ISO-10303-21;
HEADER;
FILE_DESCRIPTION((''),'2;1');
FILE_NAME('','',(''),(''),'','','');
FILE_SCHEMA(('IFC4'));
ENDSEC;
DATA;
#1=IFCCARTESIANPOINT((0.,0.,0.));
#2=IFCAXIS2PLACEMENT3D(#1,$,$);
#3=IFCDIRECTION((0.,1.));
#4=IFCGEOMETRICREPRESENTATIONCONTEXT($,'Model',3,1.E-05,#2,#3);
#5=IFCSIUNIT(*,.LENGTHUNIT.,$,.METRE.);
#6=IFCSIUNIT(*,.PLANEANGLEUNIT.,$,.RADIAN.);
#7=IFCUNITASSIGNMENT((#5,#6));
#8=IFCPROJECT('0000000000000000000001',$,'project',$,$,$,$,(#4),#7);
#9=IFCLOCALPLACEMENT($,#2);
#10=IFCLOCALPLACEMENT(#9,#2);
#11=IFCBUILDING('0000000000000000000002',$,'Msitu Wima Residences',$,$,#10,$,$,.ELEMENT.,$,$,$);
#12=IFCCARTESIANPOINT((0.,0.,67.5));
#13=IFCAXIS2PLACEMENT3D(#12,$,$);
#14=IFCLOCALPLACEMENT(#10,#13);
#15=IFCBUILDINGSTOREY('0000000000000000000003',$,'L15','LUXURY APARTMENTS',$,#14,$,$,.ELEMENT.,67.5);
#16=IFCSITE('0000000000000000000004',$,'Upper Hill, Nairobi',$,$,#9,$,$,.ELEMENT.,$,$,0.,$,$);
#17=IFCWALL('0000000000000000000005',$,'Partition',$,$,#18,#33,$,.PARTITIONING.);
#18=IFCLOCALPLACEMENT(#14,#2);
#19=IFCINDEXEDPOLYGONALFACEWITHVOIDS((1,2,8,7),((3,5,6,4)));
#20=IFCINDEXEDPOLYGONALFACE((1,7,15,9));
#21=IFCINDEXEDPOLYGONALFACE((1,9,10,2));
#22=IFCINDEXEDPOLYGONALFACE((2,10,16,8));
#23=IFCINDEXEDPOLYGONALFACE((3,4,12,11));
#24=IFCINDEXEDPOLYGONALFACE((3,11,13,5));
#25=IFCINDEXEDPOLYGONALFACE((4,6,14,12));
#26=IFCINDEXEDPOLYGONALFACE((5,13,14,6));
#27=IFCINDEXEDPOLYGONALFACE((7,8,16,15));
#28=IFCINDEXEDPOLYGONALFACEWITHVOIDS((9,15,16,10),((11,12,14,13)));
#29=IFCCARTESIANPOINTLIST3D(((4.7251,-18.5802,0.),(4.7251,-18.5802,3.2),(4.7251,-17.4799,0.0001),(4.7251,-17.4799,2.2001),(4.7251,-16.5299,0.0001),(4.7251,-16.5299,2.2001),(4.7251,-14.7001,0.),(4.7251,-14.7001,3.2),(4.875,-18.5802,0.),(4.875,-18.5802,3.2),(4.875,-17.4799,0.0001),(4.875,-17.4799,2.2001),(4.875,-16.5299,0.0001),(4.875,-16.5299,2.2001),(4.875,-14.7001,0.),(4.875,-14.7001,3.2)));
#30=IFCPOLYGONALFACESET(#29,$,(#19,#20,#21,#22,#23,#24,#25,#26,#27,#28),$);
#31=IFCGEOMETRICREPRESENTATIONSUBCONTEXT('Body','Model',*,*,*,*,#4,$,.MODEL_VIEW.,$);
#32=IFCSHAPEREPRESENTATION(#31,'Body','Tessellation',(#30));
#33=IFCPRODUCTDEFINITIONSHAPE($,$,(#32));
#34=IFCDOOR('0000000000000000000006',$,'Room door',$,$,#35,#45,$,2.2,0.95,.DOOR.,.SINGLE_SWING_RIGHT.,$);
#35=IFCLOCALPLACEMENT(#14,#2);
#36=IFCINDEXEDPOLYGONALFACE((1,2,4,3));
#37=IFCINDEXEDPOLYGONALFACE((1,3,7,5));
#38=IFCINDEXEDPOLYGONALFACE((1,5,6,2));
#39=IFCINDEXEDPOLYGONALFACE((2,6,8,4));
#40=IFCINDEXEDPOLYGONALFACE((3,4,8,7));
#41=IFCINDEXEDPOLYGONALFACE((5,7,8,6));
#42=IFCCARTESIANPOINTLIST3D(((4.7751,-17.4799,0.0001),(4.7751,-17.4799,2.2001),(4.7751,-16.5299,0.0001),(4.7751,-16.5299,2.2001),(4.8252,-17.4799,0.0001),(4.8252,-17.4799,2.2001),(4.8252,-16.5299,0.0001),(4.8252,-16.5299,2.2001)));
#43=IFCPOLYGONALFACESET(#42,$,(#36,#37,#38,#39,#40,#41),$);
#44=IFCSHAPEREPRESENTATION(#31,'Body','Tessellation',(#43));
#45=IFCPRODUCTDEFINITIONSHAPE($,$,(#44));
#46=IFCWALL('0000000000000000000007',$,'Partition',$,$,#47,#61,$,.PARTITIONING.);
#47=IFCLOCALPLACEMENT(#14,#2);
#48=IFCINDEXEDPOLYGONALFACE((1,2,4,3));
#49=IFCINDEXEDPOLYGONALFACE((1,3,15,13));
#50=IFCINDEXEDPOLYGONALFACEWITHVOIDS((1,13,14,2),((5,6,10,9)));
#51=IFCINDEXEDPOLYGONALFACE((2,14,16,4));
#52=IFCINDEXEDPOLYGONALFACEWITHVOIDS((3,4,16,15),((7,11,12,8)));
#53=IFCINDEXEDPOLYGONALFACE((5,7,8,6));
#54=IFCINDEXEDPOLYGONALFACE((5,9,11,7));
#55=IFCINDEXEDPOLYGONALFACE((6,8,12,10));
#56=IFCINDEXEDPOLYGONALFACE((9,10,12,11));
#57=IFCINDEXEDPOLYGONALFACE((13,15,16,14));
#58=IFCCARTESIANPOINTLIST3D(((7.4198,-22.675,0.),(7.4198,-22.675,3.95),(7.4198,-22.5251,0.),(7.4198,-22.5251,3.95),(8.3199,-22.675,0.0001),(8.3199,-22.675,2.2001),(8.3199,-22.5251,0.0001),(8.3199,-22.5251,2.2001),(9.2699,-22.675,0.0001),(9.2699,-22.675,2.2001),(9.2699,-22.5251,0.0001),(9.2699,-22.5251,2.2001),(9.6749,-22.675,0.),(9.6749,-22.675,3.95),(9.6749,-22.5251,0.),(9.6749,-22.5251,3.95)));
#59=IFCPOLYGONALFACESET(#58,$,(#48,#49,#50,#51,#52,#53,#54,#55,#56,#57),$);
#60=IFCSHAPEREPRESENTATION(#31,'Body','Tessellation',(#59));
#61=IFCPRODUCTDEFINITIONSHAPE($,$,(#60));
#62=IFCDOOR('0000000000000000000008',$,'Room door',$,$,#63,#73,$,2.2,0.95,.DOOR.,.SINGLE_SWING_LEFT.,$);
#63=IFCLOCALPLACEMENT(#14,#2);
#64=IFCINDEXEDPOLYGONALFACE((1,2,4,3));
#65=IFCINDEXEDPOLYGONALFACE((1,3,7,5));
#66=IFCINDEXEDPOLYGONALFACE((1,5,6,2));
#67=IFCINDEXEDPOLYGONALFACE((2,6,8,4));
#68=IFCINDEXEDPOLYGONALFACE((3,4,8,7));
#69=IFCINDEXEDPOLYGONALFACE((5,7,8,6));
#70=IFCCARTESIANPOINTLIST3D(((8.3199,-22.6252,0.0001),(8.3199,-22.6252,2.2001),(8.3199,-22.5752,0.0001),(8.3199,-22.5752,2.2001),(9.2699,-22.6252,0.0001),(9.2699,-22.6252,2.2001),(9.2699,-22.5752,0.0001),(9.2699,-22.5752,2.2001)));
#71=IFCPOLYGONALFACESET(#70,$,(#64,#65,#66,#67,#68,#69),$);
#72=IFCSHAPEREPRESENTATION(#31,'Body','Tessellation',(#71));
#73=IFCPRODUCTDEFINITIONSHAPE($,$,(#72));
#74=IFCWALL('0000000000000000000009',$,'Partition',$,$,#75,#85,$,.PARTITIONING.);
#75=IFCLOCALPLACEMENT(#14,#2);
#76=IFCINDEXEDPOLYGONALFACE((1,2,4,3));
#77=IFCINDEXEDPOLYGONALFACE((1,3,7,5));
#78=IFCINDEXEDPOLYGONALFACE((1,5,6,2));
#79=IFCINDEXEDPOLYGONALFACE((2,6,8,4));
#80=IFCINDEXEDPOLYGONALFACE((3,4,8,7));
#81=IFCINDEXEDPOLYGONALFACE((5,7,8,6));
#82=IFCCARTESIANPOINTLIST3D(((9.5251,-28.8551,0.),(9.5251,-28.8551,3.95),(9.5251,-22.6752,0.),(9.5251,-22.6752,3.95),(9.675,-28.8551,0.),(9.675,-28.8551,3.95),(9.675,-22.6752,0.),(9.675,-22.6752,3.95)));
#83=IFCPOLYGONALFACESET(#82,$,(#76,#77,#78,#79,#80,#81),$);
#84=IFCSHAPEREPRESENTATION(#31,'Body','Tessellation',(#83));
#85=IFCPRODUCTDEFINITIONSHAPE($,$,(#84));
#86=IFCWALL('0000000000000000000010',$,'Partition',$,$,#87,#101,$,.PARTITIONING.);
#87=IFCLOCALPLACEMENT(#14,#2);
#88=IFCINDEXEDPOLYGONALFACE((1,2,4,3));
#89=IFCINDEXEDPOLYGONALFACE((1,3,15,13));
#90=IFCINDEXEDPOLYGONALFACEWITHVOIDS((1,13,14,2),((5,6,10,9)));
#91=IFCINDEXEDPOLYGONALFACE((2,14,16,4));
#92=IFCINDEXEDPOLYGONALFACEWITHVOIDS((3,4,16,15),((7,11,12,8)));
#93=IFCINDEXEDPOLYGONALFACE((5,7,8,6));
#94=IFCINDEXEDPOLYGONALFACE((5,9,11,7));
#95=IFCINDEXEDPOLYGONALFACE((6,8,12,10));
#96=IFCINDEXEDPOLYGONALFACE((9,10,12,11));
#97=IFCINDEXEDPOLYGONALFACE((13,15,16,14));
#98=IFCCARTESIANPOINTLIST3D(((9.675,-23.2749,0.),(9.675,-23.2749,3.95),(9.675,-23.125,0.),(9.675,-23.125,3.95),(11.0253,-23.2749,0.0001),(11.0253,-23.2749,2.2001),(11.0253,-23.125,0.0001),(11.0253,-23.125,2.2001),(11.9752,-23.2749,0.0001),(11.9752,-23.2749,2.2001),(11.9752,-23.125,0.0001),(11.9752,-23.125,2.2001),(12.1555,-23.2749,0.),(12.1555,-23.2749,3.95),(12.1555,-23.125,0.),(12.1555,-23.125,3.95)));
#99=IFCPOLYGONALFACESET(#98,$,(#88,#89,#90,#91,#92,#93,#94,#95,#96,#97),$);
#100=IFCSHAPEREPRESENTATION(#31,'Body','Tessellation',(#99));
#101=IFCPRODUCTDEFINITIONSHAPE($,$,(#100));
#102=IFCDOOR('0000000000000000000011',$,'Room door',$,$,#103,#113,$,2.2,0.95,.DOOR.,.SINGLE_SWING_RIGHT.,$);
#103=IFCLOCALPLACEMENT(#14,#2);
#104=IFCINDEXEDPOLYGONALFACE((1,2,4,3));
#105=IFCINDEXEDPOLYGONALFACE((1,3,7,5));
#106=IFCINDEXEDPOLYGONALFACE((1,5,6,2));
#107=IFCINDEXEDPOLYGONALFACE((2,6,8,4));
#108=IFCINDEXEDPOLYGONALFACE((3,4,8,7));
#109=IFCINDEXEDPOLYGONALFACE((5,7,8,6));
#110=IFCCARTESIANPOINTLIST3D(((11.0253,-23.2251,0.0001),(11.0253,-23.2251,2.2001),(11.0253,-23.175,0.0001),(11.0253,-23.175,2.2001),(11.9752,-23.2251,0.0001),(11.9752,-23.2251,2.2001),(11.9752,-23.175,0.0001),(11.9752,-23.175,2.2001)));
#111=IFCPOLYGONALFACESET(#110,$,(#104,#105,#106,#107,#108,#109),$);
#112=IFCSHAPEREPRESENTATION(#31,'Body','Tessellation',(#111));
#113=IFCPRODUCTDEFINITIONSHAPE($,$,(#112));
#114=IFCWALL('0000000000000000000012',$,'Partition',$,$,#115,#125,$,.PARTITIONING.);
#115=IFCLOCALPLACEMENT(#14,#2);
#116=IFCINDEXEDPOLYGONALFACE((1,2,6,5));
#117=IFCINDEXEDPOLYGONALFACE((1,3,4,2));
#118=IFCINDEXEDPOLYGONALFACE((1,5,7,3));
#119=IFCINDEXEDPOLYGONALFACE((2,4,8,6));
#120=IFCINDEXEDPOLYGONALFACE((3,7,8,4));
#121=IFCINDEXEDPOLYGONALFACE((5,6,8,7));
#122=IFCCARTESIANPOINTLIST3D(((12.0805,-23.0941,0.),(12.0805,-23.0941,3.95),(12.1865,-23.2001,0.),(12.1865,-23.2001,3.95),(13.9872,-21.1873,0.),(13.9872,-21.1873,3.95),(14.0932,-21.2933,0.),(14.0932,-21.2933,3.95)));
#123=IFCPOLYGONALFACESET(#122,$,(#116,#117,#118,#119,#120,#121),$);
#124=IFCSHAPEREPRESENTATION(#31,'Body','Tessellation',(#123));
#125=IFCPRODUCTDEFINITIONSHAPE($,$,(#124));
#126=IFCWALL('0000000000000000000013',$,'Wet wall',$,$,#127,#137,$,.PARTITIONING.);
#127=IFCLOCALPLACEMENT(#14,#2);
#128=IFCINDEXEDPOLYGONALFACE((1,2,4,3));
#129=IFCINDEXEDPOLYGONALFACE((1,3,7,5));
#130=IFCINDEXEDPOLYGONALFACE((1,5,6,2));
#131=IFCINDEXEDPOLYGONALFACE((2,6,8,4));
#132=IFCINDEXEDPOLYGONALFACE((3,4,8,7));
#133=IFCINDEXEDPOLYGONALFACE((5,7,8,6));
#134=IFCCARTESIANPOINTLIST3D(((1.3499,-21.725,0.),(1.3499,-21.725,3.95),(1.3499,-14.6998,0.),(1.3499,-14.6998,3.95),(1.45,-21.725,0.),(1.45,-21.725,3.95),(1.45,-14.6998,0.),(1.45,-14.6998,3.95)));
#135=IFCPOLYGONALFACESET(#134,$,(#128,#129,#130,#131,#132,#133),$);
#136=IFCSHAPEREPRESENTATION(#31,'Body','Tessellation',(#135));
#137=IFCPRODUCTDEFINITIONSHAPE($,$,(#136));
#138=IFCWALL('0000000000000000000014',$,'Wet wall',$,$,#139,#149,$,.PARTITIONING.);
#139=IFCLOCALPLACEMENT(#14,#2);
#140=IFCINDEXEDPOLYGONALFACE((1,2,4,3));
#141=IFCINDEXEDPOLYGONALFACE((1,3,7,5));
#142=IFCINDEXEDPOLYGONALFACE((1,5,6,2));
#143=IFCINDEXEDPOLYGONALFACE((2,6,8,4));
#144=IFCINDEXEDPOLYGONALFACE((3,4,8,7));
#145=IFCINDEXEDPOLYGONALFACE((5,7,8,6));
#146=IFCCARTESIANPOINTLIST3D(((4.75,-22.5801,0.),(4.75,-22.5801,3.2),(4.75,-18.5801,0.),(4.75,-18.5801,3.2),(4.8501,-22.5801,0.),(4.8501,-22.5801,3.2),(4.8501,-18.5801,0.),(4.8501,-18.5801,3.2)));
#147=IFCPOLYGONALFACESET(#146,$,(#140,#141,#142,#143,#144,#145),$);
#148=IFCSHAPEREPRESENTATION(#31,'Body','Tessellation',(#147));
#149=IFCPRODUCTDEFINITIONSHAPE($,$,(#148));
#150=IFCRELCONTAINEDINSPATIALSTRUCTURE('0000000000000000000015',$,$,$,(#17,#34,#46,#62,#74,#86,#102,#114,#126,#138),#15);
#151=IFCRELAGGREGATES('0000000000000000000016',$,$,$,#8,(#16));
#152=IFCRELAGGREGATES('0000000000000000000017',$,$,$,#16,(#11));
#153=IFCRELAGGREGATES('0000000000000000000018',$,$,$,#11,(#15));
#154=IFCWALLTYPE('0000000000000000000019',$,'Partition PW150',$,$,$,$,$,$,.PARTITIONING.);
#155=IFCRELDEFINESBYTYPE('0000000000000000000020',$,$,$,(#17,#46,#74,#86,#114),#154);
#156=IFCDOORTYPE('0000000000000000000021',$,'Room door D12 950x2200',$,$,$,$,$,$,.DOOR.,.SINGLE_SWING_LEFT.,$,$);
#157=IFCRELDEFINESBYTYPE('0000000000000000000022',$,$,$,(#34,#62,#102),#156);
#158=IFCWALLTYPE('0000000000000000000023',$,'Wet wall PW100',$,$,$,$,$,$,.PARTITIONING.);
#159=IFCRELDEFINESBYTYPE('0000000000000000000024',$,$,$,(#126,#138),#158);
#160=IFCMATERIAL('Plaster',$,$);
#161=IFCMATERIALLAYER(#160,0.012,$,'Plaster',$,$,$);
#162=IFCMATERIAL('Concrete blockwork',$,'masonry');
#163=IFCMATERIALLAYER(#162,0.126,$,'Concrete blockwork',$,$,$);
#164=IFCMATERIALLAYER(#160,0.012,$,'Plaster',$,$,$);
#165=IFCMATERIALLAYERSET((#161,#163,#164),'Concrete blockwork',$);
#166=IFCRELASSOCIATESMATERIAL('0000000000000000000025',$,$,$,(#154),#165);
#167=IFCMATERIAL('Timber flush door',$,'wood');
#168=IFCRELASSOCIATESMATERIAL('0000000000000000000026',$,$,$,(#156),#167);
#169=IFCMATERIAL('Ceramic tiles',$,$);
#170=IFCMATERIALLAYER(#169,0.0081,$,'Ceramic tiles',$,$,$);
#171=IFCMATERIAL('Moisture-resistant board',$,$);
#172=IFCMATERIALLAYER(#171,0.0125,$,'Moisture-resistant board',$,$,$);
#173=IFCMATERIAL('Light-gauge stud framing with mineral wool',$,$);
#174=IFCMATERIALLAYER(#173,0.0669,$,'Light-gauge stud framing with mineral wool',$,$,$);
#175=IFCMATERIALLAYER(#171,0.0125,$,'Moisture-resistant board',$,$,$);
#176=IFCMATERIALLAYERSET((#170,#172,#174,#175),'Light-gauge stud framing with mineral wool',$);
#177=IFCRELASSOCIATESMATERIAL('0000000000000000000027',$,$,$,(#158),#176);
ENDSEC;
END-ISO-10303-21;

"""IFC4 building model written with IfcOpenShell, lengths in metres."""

from ifc_helpers import new_model, si_unit, direction, frame, frame_2d, origin, place, context, subcontext, project, spatial, rectangle, extrude, material, layer, layer_set, type_object, element, fill, save


model = new_model("IFC4")

# Units and contexts
model_context = context("Model", 3, precision=1e-05, world=origin(), true_north=direction((0.0, 1.0)))
body_context = subcontext(model_context, "Body", "Model", "MODEL_VIEW")
ifc_project = project(units=[si_unit("LENGTHUNIT", "METRE"), si_unit("PLANEANGLEUNIT", "RADIAN")], contexts=[model_context])

# Site, building, storey
site_placement = place(None, origin())
site = spatial("IfcSite", under=ifc_project, at=site_placement, Name="Upper Hill, Nairobi", CompositionType="ELEMENT", RefElevation=0.0)
building_placement = place(site_placement, origin())
building = spatial("IfcBuilding", under=site, at=building_placement, Name="Msitu Wima Residences", CompositionType="ELEMENT")
storey_placement = place(building_placement, frame((0.0, 0.0, 67.5)))
storey = spatial("IfcBuildingStorey", under=building, at=storey_placement, Name="L15", Description="LUXURY APARTMENTS", CompositionType="ELEMENT", Elevation=67.5)

# Shared definitions
ifc_material_1 = material(Name="Plaster")
ifc_layer_1 = layer(ifc_material_1, 0.012, Name="Plaster")
ifc_material_2 = material(Name="Concrete blockwork", Category="masonry")
ifc_layer_2 = layer(ifc_material_2, 0.126, Name="Concrete blockwork")
ifc_layer_3 = layer(ifc_material_1, 0.012, Name="Plaster")
ifc_layer_set_1 = layer_set([ifc_layer_1, ifc_layer_2, ifc_layer_3], Name="Concrete blockwork")
wall_type_1 = type_object("IfcWallType", Name="Partition PW150", PredefinedType="PARTITIONING", material=ifc_layer_set_1)

# Walls, openings, doors
ifc_material_3 = material(Name="Timber flush door", Category="wood")
door_type_1 = type_object("IfcDoorType", Name="Room door D12 950x2200", OperationType="SINGLE_SWING_LEFT", PredefinedType="DOOR", material=ifc_material_3)
wall_1_placement = place(storey_placement, frame((4.8, -18.5801, 0.0), z_axis=(0.0, 0.0, 1.0), x_axis=(0.0, 1.0, 0.0)))
wall_1 = element("IfcWall", 1, at=wall_1_placement, inside=storey, type_object=wall_type_1, Name="Partition", PredefinedType="PARTITIONING", context=body_context, shape_type="SweptSolid", body=[
    extrude(rectangle(XDim=3.8801, YDim=0.1499, at=frame_2d((1.9399, 0.0))), origin(), (0.0, 0.0, 1.0), 3.2),
])
opening_1_placement = place(wall_1_placement, frame((1.1001, 0.0, 0.0)))
opening_1 = element("IfcOpeningElement", 2, at=opening_1_placement, cuts=wall_1, PredefinedType="OPENING", context=body_context, shape_type="SweptSolid", body=[
    extrude(rectangle(XDim=0.95, YDim=2.2, at=frame_2d((0.4751, 1.1001))), frame((0.0, 0.085, 0.0), z_axis=(0.0, -1.0, 0.0), x_axis=(1.0, 0.0, 0.0)), (0.0, 0.0, 1.0), 0.1699),
])
door_1_placement = place(opening_1_placement, origin())
door_1 = element("IfcDoor", 3, at=door_1_placement, inside=storey, type_object=door_type_1, Name="Room door", OperationType="SINGLE_SWING_RIGHT", OverallHeight=2.2, OverallWidth=0.95, PredefinedType="DOOR", context=body_context, shape_type="SweptSolid", body=[
    extrude(rectangle(XDim=0.95, YDim=2.2, at=frame_2d((0.4751, 1.1001))), frame((0.0, 0.0249, 0.0), z_axis=(0.0, -1.0, 0.0), x_axis=(1.0, 0.0, 0.0)), (0.0, 0.0, 1.0), 0.05),
])
fill(opening_1, door_1)
wall_2_placement = place(storey_placement, frame((7.4199, -22.6001, 0.0), z_axis=(0.0, 0.0, 1.0), x_axis=(1.0, 0.0, 0.0)))
wall_2 = element("IfcWall", 4, at=wall_2_placement, inside=storey, type_object=wall_type_1, Name="Partition", PredefinedType="PARTITIONING", context=body_context, shape_type="SweptSolid", body=[
    extrude(rectangle(XDim=2.2551, YDim=0.1499, at=frame_2d((1.1274, 0.0))), origin(), (0.0, 0.0, 1.0), 3.95),
])
opening_2_placement = place(wall_2_placement, frame((0.8999, 0.0, 0.0)))
opening_2 = element("IfcOpeningElement", 5, at=opening_2_placement, cuts=wall_2, PredefinedType="OPENING", context=body_context, shape_type="SweptSolid", body=[
    extrude(rectangle(XDim=0.95, YDim=2.2, at=frame_2d((0.4751, 1.1001))), frame((0.0, 0.085, 0.0), z_axis=(0.0, -1.0, 0.0), x_axis=(1.0, 0.0, 0.0)), (0.0, 0.0, 1.0), 0.1699),
])
door_2_placement = place(opening_2_placement, origin())
door_2 = element("IfcDoor", 6, at=door_2_placement, inside=storey, type_object=door_type_1, Name="Room door", OperationType="SINGLE_SWING_LEFT", OverallHeight=2.2, OverallWidth=0.95, PredefinedType="DOOR", context=body_context, shape_type="SweptSolid", body=[
    extrude(rectangle(XDim=0.95, YDim=2.2, at=frame_2d((0.4751, 1.1001))), frame((0.0, 0.0249, 0.0), z_axis=(0.0, -1.0, 0.0), x_axis=(1.0, 0.0, 0.0)), (0.0, 0.0, 1.0), 0.05),
])
fill(opening_2, door_2)

# Wall
wall_3_placement = place(storey_placement, frame((9.6001, -28.855, 0.0), z_axis=(0.0, 0.0, 1.0), x_axis=(0.0, 1.0, 0.0)))
element("IfcWall", 7, at=wall_3_placement, inside=storey, type_object=wall_type_1, Name="Partition", PredefinedType="PARTITIONING", context=body_context, shape_type="SweptSolid", body=[
    extrude(rectangle(XDim=6.1799, YDim=0.1499, at=frame_2d((3.0898, 0.0))), origin(), (0.0, 0.0, 1.0), 3.95),
])

# Wall, opening, door
wall_4_placement = place(storey_placement, frame((9.675, -23.2, 0.0), z_axis=(0.0, 0.0, 1.0), x_axis=(1.0, 0.0, 0.0)))
wall_4 = element("IfcWall", 8, at=wall_4_placement, inside=storey, type_object=wall_type_1, Name="Partition", PredefinedType="PARTITIONING", context=body_context, shape_type="SweptSolid", body=[
    extrude(rectangle(XDim=2.4805, YDim=0.1499, at=frame_2d((1.2402, 0.0))), origin(), (0.0, 0.0, 1.0), 3.95),
])
opening_3_placement = place(wall_4_placement, frame((1.3501, 0.0, 0.0)))
opening_3 = element("IfcOpeningElement", 9, at=opening_3_placement, cuts=wall_4, PredefinedType="OPENING", context=body_context, shape_type="SweptSolid", body=[
    extrude(rectangle(XDim=0.95, YDim=2.2, at=frame_2d((0.4751, 1.1001))), frame((0.0, 0.085, 0.0), z_axis=(0.0, -1.0, 0.0), x_axis=(1.0, 0.0, 0.0)), (0.0, 0.0, 1.0), 0.1699),
])
door_3_placement = place(opening_3_placement, origin())
door_3 = element("IfcDoor", 10, at=door_3_placement, inside=storey, type_object=door_type_1, Name="Room door", OperationType="SINGLE_SWING_RIGHT", OverallHeight=2.2, OverallWidth=0.95, PredefinedType="DOOR", context=body_context, shape_type="SweptSolid", body=[
    extrude(rectangle(XDim=0.95, YDim=2.2, at=frame_2d((0.4751, 1.1001))), frame((0.0, 0.0249, 0.0), z_axis=(0.0, -1.0, 0.0), x_axis=(1.0, 0.0, 0.0)), (0.0, 0.0, 1.0), 0.05),
])
fill(opening_3, door_3)

# Walls
wall_5_placement = place(storey_placement, frame((12.1335, -23.147, 0.0), z_axis=(0.0, 0.0, 1.0), x_axis=(0.707107, 0.707107, 0.0)))
element("IfcWall", 11, at=wall_5_placement, inside=storey, type_object=wall_type_1, Name="Partition", PredefinedType="PARTITIONING", context=body_context, shape_type="SweptSolid", body=[
    extrude(rectangle(XDim=2.6965, YDim=0.1499, at=frame_2d((1.3481, 0.0))), origin(), (0.0, 0.0, 1.0), 3.95),
])
ifc_material_4 = material(Name="Ceramic tiles")
ifc_layer_4 = layer(ifc_material_4, 0.0081, Name="Ceramic tiles")
ifc_material_5 = material(Name="Moisture-resistant board")
ifc_layer_5 = layer(ifc_material_5, 0.0125, Name="Moisture-resistant board")
ifc_material_6 = material(Name="Light-gauge stud framing with mineral wool")
ifc_layer_6 = layer(ifc_material_6, 0.0669, Name="Light-gauge stud framing with mineral wool")
ifc_layer_7 = layer(ifc_material_5, 0.0125, Name="Moisture-resistant board")
ifc_layer_set_2 = layer_set([ifc_layer_4, ifc_layer_5, ifc_layer_6, ifc_layer_7], Name="Light-gauge stud framing with mineral wool")
wall_type_2 = type_object("IfcWallType", Name="Wet wall PW100", PredefinedType="PARTITIONING", material=ifc_layer_set_2)
wall_6_placement = place(storey_placement, frame((1.3999, -21.7251, 0.0), z_axis=(0.0, 0.0, 1.0), x_axis=(0.0, 1.0, 0.0)))
element("IfcWall", 12, at=wall_6_placement, inside=storey, type_object=wall_type_2, Name="Wet wall", PredefinedType="PARTITIONING", context=body_context, shape_type="SweptSolid", body=[
    extrude(rectangle(XDim=7.0251, YDim=0.1001, at=frame_2d((3.5127, 0.0))), origin(), (0.0, 0.0, 1.0), 3.95),
])
wall_7_placement = place(storey_placement, frame((4.8, -22.5801, 0.0), z_axis=(0.0, 0.0, 1.0), x_axis=(0.0, 1.0, 0.0)))
element("IfcWall", 13, at=wall_7_placement, inside=storey, type_object=wall_type_2, Name="Wet wall", PredefinedType="PARTITIONING", context=body_context, shape_type="SweptSolid", body=[
    extrude(rectangle(XDim=4.0, YDim=0.1001, at=frame_2d((2.0, 0.0))), origin(), (0.0, 0.0, 1.0), 3.2),
])

save(model, "model.ifc")
